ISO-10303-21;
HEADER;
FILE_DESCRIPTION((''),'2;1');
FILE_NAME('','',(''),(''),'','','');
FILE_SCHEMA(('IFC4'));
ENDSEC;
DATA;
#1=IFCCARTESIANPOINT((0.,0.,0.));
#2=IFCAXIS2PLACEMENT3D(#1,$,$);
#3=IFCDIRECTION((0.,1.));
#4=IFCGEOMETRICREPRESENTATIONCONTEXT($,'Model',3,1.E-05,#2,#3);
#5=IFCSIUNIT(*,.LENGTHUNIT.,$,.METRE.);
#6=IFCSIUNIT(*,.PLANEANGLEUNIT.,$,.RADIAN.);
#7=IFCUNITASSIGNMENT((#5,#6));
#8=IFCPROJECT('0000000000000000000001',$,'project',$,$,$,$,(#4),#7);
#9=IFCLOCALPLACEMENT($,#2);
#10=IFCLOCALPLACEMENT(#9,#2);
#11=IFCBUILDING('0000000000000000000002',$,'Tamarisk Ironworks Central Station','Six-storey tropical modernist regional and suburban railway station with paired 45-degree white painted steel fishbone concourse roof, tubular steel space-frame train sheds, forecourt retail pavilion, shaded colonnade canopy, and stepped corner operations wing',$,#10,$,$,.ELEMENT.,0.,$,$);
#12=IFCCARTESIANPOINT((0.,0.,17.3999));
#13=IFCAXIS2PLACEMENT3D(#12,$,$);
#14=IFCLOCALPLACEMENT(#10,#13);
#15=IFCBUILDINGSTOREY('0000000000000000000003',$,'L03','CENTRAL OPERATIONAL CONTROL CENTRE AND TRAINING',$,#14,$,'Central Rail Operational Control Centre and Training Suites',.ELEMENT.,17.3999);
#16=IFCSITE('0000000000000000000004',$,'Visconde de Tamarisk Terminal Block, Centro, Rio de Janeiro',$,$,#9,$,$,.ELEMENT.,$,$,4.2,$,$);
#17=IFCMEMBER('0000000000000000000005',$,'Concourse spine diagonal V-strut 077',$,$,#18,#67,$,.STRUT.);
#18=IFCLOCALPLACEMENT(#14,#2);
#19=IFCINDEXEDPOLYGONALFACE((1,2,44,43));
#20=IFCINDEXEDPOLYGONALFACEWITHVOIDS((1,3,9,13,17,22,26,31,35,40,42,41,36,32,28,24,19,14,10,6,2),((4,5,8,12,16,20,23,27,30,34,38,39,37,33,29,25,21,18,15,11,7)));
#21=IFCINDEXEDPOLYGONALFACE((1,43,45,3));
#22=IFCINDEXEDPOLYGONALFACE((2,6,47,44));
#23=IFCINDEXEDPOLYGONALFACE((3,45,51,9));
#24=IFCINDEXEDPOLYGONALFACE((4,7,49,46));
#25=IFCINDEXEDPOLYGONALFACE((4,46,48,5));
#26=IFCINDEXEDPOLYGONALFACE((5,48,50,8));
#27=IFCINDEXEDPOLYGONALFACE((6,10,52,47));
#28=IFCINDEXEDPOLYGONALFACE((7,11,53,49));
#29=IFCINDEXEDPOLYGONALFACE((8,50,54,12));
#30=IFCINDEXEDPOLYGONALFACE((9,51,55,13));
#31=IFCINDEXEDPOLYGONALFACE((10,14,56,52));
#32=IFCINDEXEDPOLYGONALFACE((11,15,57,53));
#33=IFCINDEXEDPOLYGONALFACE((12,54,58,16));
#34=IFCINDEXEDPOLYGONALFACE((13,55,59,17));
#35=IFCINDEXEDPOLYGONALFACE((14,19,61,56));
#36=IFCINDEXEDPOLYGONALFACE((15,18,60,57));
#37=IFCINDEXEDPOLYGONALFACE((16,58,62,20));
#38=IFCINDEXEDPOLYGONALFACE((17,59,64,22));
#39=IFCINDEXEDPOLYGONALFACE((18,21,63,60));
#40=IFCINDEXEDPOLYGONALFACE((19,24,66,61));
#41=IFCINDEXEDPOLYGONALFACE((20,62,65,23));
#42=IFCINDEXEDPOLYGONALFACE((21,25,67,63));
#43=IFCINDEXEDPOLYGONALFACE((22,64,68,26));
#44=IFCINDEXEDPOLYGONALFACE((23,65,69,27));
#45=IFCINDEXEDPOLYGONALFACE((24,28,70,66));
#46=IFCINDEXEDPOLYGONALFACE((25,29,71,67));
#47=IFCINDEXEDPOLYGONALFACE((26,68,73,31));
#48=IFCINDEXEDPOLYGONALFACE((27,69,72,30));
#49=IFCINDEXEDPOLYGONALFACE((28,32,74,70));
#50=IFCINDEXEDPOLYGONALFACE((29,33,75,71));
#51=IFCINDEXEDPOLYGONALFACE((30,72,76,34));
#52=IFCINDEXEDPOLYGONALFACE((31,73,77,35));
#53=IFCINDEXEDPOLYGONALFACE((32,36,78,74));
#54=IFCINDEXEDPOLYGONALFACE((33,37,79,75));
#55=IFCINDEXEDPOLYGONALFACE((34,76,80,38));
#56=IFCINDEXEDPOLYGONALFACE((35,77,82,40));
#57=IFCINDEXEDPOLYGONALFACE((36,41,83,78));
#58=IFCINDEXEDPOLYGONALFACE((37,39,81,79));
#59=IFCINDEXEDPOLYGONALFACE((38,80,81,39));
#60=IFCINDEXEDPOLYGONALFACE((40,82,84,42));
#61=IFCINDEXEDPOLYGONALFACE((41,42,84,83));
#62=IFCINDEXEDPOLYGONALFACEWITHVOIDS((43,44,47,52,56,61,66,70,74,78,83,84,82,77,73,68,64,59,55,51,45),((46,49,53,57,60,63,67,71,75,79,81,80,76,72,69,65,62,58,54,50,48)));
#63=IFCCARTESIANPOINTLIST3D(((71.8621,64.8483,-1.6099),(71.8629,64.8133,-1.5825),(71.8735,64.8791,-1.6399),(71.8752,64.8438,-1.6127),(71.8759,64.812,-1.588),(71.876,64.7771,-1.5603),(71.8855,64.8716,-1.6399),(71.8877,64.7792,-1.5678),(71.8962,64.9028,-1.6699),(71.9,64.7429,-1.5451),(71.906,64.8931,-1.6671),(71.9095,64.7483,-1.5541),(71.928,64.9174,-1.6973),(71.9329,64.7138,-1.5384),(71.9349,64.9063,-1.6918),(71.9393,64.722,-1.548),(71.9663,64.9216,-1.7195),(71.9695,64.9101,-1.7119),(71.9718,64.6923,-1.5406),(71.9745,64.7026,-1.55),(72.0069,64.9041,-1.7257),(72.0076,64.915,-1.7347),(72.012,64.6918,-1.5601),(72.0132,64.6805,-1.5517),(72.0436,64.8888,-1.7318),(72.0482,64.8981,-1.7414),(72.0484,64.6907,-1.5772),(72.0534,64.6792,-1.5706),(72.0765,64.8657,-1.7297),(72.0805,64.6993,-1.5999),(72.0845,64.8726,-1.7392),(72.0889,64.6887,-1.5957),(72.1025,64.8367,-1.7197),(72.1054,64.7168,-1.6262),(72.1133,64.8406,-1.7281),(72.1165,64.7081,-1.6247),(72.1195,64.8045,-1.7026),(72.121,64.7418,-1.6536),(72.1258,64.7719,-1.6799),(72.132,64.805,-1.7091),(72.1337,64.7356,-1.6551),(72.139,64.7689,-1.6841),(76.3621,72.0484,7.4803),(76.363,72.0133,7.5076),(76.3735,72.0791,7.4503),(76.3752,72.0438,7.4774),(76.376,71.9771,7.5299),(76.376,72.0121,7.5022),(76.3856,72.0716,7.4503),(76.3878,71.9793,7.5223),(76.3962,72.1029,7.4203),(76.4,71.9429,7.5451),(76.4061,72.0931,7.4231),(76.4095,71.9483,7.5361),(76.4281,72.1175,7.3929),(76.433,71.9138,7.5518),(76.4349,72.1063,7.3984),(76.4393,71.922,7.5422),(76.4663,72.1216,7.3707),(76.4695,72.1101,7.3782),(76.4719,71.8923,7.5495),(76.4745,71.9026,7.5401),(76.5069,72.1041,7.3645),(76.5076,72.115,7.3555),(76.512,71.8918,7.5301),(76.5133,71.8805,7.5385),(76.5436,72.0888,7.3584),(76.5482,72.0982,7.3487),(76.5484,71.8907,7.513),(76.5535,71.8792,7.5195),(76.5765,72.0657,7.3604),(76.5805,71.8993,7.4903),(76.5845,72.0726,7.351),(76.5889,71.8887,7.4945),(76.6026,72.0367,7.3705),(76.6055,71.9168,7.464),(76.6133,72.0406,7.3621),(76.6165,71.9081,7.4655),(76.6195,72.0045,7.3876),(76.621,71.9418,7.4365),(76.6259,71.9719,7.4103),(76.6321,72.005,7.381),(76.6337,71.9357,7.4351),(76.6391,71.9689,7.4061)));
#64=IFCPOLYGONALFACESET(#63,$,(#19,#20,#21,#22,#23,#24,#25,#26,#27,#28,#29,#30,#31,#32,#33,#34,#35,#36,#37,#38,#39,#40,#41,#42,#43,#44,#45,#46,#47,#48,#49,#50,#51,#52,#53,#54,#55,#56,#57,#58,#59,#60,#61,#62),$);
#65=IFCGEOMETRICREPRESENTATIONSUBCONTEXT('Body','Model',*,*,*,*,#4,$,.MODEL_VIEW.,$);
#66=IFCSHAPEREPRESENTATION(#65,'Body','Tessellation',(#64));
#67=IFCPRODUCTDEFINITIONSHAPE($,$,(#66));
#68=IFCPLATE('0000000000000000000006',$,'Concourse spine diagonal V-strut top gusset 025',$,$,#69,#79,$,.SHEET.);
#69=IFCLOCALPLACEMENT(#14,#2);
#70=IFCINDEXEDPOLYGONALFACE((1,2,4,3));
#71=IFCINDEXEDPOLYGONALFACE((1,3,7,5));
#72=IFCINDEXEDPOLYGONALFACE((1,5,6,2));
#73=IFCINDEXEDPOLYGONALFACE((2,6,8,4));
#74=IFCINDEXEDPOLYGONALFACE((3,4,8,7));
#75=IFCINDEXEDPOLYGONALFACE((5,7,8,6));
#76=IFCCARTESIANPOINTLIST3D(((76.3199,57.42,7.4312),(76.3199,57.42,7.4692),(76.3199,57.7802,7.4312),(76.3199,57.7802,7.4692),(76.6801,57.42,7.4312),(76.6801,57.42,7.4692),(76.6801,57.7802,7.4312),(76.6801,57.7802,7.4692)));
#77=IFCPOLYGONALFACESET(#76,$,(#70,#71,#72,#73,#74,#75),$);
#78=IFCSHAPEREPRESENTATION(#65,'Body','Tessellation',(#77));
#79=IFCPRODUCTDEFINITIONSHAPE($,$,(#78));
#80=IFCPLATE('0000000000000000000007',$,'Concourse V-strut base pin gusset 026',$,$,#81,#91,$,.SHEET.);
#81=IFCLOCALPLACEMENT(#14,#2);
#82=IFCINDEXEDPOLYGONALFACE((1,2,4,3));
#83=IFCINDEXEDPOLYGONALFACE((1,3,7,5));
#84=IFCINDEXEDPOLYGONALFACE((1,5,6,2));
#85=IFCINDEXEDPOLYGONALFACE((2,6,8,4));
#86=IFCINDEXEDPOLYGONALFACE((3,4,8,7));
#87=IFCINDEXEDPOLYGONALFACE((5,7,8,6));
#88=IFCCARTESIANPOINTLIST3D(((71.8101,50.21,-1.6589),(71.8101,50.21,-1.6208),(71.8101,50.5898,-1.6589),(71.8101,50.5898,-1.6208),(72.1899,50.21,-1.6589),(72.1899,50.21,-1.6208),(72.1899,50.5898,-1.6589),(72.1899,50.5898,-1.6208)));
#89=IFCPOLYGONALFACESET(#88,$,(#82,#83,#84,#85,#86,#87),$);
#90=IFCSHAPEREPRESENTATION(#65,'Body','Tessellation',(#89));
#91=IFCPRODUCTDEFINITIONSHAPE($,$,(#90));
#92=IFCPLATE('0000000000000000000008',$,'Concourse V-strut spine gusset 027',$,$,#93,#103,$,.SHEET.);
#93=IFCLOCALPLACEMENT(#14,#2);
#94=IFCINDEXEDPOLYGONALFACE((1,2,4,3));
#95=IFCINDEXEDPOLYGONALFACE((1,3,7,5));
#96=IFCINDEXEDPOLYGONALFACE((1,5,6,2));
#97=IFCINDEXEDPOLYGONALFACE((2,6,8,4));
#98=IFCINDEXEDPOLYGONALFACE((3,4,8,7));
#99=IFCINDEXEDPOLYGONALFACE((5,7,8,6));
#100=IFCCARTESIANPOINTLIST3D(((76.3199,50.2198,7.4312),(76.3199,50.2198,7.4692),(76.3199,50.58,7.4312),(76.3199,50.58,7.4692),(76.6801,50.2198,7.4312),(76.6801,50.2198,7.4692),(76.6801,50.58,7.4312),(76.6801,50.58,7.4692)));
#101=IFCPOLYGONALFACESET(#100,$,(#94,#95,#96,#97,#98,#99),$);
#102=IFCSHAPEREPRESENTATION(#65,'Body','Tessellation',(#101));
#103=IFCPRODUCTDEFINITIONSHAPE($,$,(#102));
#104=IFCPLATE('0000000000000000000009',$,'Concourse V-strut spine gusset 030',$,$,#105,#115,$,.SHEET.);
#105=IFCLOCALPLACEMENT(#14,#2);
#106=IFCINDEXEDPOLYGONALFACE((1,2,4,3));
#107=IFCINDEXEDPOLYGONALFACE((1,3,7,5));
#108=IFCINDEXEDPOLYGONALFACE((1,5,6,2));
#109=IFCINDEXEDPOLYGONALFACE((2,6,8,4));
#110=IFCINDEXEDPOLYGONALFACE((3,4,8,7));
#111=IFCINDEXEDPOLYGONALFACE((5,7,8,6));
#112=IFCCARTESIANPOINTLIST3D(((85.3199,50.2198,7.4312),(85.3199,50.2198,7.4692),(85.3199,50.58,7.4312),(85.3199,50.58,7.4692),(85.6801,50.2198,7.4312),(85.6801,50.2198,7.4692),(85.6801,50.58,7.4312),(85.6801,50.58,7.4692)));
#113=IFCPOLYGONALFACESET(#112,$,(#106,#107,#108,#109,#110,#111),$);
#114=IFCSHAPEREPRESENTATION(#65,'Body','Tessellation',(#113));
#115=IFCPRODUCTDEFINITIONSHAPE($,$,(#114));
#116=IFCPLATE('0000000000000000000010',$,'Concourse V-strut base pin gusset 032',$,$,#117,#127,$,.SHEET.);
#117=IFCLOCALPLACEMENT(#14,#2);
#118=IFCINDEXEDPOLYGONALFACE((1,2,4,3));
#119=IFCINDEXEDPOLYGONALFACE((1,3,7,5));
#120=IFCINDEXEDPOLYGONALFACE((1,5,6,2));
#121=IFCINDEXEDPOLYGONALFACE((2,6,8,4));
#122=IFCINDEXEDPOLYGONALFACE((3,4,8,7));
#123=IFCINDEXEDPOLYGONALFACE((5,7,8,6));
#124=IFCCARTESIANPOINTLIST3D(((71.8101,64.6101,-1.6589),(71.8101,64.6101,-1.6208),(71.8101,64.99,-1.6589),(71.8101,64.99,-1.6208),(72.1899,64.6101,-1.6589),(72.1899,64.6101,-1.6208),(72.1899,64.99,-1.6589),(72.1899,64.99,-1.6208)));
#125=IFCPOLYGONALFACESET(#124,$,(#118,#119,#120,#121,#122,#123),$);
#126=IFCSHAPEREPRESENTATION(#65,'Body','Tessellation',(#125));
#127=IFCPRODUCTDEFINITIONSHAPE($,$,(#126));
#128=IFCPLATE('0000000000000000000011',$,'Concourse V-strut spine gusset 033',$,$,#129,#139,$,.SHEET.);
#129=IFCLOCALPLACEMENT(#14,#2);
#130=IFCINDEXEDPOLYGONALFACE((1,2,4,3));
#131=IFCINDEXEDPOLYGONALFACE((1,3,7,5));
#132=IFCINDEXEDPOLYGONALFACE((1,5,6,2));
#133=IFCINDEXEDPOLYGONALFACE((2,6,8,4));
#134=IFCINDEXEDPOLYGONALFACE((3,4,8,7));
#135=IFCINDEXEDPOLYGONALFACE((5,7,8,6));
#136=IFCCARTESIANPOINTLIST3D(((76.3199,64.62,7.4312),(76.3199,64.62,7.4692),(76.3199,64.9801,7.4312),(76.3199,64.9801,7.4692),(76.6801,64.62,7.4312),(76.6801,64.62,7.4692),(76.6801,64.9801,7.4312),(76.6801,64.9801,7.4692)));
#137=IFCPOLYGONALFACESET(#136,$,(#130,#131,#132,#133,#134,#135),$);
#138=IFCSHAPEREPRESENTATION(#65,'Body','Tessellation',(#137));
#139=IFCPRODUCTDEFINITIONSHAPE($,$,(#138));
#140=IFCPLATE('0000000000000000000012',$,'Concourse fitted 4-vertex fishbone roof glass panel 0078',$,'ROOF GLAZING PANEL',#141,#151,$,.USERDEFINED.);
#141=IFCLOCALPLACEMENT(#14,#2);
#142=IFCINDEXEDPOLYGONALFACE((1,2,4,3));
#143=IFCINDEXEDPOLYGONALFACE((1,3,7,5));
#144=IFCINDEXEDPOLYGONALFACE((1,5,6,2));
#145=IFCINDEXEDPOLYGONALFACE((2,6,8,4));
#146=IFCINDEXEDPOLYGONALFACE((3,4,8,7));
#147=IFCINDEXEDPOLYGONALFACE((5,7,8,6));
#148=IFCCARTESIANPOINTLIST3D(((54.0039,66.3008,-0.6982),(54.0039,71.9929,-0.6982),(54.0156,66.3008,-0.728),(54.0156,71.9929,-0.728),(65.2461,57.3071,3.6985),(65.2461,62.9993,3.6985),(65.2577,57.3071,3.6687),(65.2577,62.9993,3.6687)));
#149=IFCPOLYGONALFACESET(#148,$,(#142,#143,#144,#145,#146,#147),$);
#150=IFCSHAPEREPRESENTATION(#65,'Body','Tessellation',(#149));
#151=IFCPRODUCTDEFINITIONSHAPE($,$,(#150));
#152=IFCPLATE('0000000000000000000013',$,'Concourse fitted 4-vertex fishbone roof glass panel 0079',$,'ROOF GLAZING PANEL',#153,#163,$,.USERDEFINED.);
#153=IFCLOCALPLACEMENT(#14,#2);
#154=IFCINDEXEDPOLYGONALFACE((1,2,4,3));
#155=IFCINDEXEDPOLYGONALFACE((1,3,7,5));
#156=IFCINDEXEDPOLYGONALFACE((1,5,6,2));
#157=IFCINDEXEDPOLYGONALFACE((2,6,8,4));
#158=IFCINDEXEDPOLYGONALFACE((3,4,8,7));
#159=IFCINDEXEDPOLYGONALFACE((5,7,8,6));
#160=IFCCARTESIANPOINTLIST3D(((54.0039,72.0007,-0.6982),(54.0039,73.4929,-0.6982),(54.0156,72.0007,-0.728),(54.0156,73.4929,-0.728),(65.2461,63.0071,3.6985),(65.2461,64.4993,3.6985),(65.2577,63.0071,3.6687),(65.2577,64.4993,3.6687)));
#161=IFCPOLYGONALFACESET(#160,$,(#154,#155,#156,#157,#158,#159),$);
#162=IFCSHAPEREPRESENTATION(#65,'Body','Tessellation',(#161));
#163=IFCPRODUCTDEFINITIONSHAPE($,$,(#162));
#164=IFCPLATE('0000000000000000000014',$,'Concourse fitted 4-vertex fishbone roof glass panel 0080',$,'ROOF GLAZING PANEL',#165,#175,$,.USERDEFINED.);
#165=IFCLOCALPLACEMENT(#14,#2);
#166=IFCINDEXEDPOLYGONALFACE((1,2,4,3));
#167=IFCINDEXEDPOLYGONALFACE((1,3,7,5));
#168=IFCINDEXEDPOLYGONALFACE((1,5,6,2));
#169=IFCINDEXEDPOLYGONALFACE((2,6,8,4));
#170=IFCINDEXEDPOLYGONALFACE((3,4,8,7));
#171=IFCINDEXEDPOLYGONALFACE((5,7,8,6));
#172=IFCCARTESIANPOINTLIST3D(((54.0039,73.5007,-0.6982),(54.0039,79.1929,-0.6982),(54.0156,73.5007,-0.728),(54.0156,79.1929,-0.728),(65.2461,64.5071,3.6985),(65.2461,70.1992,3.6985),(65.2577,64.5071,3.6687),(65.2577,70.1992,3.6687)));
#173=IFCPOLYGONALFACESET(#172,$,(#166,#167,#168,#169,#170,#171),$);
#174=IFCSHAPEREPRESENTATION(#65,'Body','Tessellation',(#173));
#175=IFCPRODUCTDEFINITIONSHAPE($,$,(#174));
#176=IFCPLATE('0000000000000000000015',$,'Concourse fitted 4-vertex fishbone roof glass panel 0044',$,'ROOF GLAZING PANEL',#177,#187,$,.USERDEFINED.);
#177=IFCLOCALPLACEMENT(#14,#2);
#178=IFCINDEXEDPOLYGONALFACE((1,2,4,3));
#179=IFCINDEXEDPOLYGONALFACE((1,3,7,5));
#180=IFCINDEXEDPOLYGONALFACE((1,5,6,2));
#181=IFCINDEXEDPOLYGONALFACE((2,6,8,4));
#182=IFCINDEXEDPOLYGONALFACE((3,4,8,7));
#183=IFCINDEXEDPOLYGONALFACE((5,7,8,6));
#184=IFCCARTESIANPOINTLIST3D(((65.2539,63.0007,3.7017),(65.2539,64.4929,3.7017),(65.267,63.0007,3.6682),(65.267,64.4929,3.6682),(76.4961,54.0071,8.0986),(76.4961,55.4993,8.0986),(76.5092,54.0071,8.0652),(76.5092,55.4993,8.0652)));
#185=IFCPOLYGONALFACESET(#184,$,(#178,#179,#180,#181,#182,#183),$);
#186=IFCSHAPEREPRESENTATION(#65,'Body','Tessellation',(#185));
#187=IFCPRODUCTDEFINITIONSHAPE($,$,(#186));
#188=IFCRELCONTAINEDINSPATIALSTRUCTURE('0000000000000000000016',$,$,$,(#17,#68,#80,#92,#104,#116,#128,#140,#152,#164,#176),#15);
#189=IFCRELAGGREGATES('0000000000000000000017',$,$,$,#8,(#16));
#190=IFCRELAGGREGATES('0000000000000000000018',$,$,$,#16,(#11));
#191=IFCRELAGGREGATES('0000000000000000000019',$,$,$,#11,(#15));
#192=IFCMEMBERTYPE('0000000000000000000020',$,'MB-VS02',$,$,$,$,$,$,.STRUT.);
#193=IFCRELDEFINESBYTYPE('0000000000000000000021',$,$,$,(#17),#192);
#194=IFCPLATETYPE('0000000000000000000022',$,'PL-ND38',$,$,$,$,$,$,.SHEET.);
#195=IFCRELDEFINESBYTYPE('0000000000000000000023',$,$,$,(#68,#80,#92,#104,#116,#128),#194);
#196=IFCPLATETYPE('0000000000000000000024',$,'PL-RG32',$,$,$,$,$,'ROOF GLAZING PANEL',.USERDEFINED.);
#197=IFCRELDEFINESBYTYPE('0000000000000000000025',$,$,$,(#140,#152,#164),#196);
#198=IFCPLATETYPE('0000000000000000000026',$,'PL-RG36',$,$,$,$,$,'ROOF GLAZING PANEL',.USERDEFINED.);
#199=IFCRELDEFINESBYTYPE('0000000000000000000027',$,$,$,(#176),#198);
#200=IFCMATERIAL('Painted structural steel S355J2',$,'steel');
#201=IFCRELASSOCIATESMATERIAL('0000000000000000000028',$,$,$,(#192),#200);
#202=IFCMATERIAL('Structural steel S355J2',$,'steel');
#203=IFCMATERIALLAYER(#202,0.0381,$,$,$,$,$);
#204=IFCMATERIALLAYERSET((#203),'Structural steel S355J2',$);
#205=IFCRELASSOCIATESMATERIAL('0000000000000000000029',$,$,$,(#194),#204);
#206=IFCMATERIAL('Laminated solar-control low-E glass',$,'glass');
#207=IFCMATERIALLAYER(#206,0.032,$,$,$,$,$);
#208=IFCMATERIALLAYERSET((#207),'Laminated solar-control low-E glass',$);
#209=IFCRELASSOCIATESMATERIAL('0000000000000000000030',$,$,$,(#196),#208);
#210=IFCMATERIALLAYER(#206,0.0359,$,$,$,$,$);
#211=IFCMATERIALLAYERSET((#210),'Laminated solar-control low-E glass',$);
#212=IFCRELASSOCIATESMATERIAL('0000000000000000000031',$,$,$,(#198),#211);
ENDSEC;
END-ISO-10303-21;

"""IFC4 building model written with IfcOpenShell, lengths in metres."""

from ifc_helpers import new_model, si_unit, direction, frame, origin, origin_2d, place, context, subcontext, project, spatial, polyline, rectangle, hollow_circle, outline, extrude, material, layer, layer_set, material_profile, profile_set, type_object, element, save


model = new_model("IFC4")

# Units and contexts
model_context = context("Model", 3, precision=1e-05, world=origin(), true_north=direction((0.0, 1.0)))
body_context = subcontext(model_context, "Body", "Model", "MODEL_VIEW")
ifc_project = project(units=[si_unit("LENGTHUNIT", "METRE"), si_unit("PLANEANGLEUNIT", "RADIAN")], contexts=[model_context])

# Site, building, storey
site_placement = place(None, origin())
site = spatial("IfcSite", under=ifc_project, at=site_placement, Name="Visconde de Tamarisk Terminal Block, Centro, Rio de Janeiro", CompositionType="ELEMENT", RefElevation=4.2)
building_placement = place(site_placement, origin())
building = spatial("IfcBuilding", under=site, at=building_placement, Name="Tamarisk Ironworks Central Station", Description="Six-storey tropical modernist regional and suburban railway station with paired 45-degree white painted steel fishbone concourse roof, tubular steel space-frame train sheds, forecourt retail pavilion, shaded colonnade canopy, and stepped corner operations wing", CompositionType="ELEMENT", ElevationOfRefHeight=0.0)
storey_placement = place(building_placement, frame((0.0, 0.0, 17.3999)))
storey = spatial("IfcBuildingStorey", under=building, at=storey_placement, Name="L03", Description="CENTRAL OPERATIONAL CONTROL CENTRE AND TRAINING", LongName="Central Rail Operational Control Centre and Training Suites", CompositionType="ELEMENT", Elevation=17.3999)

# Shared definitions
ifc_material_1 = material(Name="Painted structural steel S355J2", Category="steel")
ifc_material_2 = material(Name="Structural steel S355J2", Category="steel")

# Member
ifc_material_profile_1 = material_profile(ifc_material_1, hollow_circle(Radius=0.1492, WallThickness=0.0142, at=origin_2d()), Name="CHS 298.5x14.2")
ifc_profile_set_1 = profile_set([ifc_material_profile_1], Name="Painted structural steel S355J2")
member_type_1 = type_object("IfcMemberType", Name="MB-VS02", PredefinedType="STRUT", material=ifc_profile_set_1)
for number, where, z_axis, x_axis, name in (
    (1, (72.0, 64.8, -1.6399), (0.361777, 0.578839, 0.730796), (-0.847997, 0.530002, 0.0), "Concourse spine diagonal V-strut 077"),
):
    element("IfcMember", number, at=place(storey_placement, frame(where, z_axis=z_axis, x_axis=x_axis)), inside=storey, type_object=member_type_1, Name=name, PredefinedType="STRUT", context=body_context, shape_type="SweptSolid", body=[
        extrude(hollow_circle(Radius=0.1492, WallThickness=0.0142, at=origin_2d()), origin(), (0.0, 0.0, 1.0), 12.4387),
    ])

# Plates
ifc_layer_1 = layer(ifc_material_2, 0.0381)
ifc_layer_set_1 = layer_set([ifc_layer_1], Name="Structural steel S355J2")
plate_type_1 = type_object("IfcPlateType", Name="PL-ND38", PredefinedType="SHEET", material=ifc_layer_set_1)
plate_1_placement = place(storey_placement, frame((76.5, 57.6001, 7.4312), z_axis=(0.0, 0.0, 1.0), x_axis=(1.0, 0.0, 0.0)))
element("IfcPlate", 2, at=plate_1_placement, inside=storey, type_object=plate_type_1, Name="Concourse spine diagonal V-strut top gusset 025", PredefinedType="SHEET", context=body_context, shape_type="SweptSolid", body=[
    extrude(rectangle(XDim=0.3601, YDim=0.3601, at=origin_2d()), origin(), (0.0, 0.0, 1.0), 0.0381),
])
plate_2_placement = place(storey_placement, frame((72.0, 50.3999, -1.6589), z_axis=(0.0, 0.0, 1.0), x_axis=(1.0, 0.0, 0.0)))
element("IfcPlate", 3, at=plate_2_placement, inside=storey, type_object=plate_type_1, Name="Concourse V-strut base pin gusset 026", PredefinedType="SHEET", context=body_context, shape_type="SweptSolid", body=[
    extrude(rectangle(XDim=0.3799, YDim=0.3799, at=origin_2d()), origin(), (0.0, 0.0, 1.0), 0.0381),
])
for number, where, z_axis, x_axis, name in (
    (4, (76.5, 50.3999, 7.4312), (0.0, 0.0, 1.0), (1.0, 0.0, 0.0), "Concourse V-strut spine gusset 027"),
    (5, (85.5, 50.3999, 7.4312), (0.0, 0.0, 1.0), (1.0, 0.0, 0.0), "Concourse V-strut spine gusset 030"),
):
    element("IfcPlate", number, at=place(storey_placement, frame(where, z_axis=z_axis, x_axis=x_axis)), inside=storey, type_object=plate_type_1, Name=name, PredefinedType="SHEET", context=body_context, shape_type="SweptSolid", body=[
        extrude(rectangle(XDim=0.3601, YDim=0.3601, at=origin_2d()), origin(), (0.0, 0.0, 1.0), 0.0381),
    ])
plate_3_placement = place(storey_placement, frame((72.0, 64.8, -1.6589), z_axis=(0.0, 0.0, 1.0), x_axis=(1.0, 0.0, 0.0)))
element("IfcPlate", 6, at=plate_3_placement, inside=storey, type_object=plate_type_1, Name="Concourse V-strut base pin gusset 032", PredefinedType="SHEET", context=body_context, shape_type="SweptSolid", body=[
    extrude(rectangle(XDim=0.3799, YDim=0.3799, at=origin_2d()), origin(), (0.0, 0.0, 1.0), 0.0381),
])
plate_4_placement = place(storey_placement, frame((76.5, 64.8, 7.4312), z_axis=(0.0, 0.0, 1.0), x_axis=(1.0, 0.0, 0.0)))
element("IfcPlate", 7, at=plate_4_placement, inside=storey, type_object=plate_type_1, Name="Concourse V-strut spine gusset 033", PredefinedType="SHEET", context=body_context, shape_type="SweptSolid", body=[
    extrude(rectangle(XDim=0.3601, YDim=0.3601, at=origin_2d()), origin(), (0.0, 0.0, 1.0), 0.0381),
])
ifc_material_3 = material(Name="Laminated solar-control low-E glass", Category="glass")
ifc_layer_2 = layer(ifc_material_3, 0.032)
ifc_layer_set_2 = layer_set([ifc_layer_2], Name="Laminated solar-control low-E glass")
plate_type_2 = type_object("IfcPlateType", Name="PL-RG32", ElementType="ROOF GLAZING PANEL", PredefinedType="USERDEFINED", material=ifc_layer_set_2)
plate_5_placement = place(storey_placement, frame((65.2461, 57.3071, 3.6985), z_axis=(-0.364228, 0.0, 0.93131), x_axis=(0.0, 1.0, 0.0)))
element("IfcPlate", 8, at=plate_5_placement, inside=storey, type_object=plate_type_2, Name="Concourse fitted 4-vertex fishbone roof glass panel 0078", ObjectType="ROOF GLAZING PANEL", PredefinedType="USERDEFINED", context=body_context, shape_type="SweptSolid", body=[
    extrude(outline(polyline([(0.0, 0.0), (5.6921, 0.0), (14.6858, 12.0714), (8.9937, 12.0714), (0.0, 0.0)])), origin(), (0.0, 0.0, -1.0), 0.032),
])
plate_6_placement = place(storey_placement, frame((65.2461, 63.0071, 3.6985), z_axis=(-0.364228, 0.0, 0.93131), x_axis=(0.0, 1.0, 0.0)))
element("IfcPlate", 9, at=plate_6_placement, inside=storey, type_object=plate_type_2, Name="Concourse fitted 4-vertex fishbone roof glass panel 0079", ObjectType="ROOF GLAZING PANEL", PredefinedType="USERDEFINED", context=body_context, shape_type="SweptSolid", body=[
    extrude(outline(polyline([(0.0, 0.0), (1.4922, 0.0), (10.4858, 12.0714), (8.9937, 12.0714), (0.0, 0.0)])), origin(), (0.0, 0.0, -1.0), 0.032),
])
plate_7_placement = place(storey_placement, frame((65.2461, 64.5071, 3.6985), z_axis=(-0.364228, 0.0, 0.93131), x_axis=(0.0, 1.0, 0.0)))
element("IfcPlate", 10, at=plate_7_placement, inside=storey, type_object=plate_type_2, Name="Concourse fitted 4-vertex fishbone roof glass panel 0080", ObjectType="ROOF GLAZING PANEL", PredefinedType="USERDEFINED", context=body_context, shape_type="SweptSolid", body=[
    extrude(outline(polyline([(0.0, 0.0), (5.6921, 0.0), (14.6858, 12.0714), (8.9937, 12.0714), (0.0, 0.0)])), origin(), (0.0, 0.0, -1.0), 0.032),
])
ifc_layer_3 = layer(ifc_material_3, 0.0359)
ifc_layer_set_3 = layer_set([ifc_layer_3], Name="Laminated solar-control low-E glass")
plate_type_3 = type_object("IfcPlateType", Name="PL-RG36", ElementType="ROOF GLAZING PANEL", PredefinedType="USERDEFINED", material=ifc_layer_set_3)
plate_8_placement = place(storey_placement, frame((76.4961, 54.0071, 8.0986), z_axis=(-0.364245, 0.0, 0.931303), x_axis=(0.0, 1.0, 0.0)))
element("IfcPlate", 11, at=plate_8_placement, inside=storey, type_object=plate_type_3, Name="Concourse fitted 4-vertex fishbone roof glass panel 0044", ObjectType="ROOF GLAZING PANEL", PredefinedType="USERDEFINED", context=body_context, shape_type="SweptSolid", body=[
    extrude(outline(polyline([(0.0, 0.0), (1.4922, 0.0), (10.4858, 12.0715), (8.9937, 12.0715), (0.0, 0.0)])), origin(), (0.0, 0.0, -1.0), 0.0359),
])

save(model, "model.ifc")
